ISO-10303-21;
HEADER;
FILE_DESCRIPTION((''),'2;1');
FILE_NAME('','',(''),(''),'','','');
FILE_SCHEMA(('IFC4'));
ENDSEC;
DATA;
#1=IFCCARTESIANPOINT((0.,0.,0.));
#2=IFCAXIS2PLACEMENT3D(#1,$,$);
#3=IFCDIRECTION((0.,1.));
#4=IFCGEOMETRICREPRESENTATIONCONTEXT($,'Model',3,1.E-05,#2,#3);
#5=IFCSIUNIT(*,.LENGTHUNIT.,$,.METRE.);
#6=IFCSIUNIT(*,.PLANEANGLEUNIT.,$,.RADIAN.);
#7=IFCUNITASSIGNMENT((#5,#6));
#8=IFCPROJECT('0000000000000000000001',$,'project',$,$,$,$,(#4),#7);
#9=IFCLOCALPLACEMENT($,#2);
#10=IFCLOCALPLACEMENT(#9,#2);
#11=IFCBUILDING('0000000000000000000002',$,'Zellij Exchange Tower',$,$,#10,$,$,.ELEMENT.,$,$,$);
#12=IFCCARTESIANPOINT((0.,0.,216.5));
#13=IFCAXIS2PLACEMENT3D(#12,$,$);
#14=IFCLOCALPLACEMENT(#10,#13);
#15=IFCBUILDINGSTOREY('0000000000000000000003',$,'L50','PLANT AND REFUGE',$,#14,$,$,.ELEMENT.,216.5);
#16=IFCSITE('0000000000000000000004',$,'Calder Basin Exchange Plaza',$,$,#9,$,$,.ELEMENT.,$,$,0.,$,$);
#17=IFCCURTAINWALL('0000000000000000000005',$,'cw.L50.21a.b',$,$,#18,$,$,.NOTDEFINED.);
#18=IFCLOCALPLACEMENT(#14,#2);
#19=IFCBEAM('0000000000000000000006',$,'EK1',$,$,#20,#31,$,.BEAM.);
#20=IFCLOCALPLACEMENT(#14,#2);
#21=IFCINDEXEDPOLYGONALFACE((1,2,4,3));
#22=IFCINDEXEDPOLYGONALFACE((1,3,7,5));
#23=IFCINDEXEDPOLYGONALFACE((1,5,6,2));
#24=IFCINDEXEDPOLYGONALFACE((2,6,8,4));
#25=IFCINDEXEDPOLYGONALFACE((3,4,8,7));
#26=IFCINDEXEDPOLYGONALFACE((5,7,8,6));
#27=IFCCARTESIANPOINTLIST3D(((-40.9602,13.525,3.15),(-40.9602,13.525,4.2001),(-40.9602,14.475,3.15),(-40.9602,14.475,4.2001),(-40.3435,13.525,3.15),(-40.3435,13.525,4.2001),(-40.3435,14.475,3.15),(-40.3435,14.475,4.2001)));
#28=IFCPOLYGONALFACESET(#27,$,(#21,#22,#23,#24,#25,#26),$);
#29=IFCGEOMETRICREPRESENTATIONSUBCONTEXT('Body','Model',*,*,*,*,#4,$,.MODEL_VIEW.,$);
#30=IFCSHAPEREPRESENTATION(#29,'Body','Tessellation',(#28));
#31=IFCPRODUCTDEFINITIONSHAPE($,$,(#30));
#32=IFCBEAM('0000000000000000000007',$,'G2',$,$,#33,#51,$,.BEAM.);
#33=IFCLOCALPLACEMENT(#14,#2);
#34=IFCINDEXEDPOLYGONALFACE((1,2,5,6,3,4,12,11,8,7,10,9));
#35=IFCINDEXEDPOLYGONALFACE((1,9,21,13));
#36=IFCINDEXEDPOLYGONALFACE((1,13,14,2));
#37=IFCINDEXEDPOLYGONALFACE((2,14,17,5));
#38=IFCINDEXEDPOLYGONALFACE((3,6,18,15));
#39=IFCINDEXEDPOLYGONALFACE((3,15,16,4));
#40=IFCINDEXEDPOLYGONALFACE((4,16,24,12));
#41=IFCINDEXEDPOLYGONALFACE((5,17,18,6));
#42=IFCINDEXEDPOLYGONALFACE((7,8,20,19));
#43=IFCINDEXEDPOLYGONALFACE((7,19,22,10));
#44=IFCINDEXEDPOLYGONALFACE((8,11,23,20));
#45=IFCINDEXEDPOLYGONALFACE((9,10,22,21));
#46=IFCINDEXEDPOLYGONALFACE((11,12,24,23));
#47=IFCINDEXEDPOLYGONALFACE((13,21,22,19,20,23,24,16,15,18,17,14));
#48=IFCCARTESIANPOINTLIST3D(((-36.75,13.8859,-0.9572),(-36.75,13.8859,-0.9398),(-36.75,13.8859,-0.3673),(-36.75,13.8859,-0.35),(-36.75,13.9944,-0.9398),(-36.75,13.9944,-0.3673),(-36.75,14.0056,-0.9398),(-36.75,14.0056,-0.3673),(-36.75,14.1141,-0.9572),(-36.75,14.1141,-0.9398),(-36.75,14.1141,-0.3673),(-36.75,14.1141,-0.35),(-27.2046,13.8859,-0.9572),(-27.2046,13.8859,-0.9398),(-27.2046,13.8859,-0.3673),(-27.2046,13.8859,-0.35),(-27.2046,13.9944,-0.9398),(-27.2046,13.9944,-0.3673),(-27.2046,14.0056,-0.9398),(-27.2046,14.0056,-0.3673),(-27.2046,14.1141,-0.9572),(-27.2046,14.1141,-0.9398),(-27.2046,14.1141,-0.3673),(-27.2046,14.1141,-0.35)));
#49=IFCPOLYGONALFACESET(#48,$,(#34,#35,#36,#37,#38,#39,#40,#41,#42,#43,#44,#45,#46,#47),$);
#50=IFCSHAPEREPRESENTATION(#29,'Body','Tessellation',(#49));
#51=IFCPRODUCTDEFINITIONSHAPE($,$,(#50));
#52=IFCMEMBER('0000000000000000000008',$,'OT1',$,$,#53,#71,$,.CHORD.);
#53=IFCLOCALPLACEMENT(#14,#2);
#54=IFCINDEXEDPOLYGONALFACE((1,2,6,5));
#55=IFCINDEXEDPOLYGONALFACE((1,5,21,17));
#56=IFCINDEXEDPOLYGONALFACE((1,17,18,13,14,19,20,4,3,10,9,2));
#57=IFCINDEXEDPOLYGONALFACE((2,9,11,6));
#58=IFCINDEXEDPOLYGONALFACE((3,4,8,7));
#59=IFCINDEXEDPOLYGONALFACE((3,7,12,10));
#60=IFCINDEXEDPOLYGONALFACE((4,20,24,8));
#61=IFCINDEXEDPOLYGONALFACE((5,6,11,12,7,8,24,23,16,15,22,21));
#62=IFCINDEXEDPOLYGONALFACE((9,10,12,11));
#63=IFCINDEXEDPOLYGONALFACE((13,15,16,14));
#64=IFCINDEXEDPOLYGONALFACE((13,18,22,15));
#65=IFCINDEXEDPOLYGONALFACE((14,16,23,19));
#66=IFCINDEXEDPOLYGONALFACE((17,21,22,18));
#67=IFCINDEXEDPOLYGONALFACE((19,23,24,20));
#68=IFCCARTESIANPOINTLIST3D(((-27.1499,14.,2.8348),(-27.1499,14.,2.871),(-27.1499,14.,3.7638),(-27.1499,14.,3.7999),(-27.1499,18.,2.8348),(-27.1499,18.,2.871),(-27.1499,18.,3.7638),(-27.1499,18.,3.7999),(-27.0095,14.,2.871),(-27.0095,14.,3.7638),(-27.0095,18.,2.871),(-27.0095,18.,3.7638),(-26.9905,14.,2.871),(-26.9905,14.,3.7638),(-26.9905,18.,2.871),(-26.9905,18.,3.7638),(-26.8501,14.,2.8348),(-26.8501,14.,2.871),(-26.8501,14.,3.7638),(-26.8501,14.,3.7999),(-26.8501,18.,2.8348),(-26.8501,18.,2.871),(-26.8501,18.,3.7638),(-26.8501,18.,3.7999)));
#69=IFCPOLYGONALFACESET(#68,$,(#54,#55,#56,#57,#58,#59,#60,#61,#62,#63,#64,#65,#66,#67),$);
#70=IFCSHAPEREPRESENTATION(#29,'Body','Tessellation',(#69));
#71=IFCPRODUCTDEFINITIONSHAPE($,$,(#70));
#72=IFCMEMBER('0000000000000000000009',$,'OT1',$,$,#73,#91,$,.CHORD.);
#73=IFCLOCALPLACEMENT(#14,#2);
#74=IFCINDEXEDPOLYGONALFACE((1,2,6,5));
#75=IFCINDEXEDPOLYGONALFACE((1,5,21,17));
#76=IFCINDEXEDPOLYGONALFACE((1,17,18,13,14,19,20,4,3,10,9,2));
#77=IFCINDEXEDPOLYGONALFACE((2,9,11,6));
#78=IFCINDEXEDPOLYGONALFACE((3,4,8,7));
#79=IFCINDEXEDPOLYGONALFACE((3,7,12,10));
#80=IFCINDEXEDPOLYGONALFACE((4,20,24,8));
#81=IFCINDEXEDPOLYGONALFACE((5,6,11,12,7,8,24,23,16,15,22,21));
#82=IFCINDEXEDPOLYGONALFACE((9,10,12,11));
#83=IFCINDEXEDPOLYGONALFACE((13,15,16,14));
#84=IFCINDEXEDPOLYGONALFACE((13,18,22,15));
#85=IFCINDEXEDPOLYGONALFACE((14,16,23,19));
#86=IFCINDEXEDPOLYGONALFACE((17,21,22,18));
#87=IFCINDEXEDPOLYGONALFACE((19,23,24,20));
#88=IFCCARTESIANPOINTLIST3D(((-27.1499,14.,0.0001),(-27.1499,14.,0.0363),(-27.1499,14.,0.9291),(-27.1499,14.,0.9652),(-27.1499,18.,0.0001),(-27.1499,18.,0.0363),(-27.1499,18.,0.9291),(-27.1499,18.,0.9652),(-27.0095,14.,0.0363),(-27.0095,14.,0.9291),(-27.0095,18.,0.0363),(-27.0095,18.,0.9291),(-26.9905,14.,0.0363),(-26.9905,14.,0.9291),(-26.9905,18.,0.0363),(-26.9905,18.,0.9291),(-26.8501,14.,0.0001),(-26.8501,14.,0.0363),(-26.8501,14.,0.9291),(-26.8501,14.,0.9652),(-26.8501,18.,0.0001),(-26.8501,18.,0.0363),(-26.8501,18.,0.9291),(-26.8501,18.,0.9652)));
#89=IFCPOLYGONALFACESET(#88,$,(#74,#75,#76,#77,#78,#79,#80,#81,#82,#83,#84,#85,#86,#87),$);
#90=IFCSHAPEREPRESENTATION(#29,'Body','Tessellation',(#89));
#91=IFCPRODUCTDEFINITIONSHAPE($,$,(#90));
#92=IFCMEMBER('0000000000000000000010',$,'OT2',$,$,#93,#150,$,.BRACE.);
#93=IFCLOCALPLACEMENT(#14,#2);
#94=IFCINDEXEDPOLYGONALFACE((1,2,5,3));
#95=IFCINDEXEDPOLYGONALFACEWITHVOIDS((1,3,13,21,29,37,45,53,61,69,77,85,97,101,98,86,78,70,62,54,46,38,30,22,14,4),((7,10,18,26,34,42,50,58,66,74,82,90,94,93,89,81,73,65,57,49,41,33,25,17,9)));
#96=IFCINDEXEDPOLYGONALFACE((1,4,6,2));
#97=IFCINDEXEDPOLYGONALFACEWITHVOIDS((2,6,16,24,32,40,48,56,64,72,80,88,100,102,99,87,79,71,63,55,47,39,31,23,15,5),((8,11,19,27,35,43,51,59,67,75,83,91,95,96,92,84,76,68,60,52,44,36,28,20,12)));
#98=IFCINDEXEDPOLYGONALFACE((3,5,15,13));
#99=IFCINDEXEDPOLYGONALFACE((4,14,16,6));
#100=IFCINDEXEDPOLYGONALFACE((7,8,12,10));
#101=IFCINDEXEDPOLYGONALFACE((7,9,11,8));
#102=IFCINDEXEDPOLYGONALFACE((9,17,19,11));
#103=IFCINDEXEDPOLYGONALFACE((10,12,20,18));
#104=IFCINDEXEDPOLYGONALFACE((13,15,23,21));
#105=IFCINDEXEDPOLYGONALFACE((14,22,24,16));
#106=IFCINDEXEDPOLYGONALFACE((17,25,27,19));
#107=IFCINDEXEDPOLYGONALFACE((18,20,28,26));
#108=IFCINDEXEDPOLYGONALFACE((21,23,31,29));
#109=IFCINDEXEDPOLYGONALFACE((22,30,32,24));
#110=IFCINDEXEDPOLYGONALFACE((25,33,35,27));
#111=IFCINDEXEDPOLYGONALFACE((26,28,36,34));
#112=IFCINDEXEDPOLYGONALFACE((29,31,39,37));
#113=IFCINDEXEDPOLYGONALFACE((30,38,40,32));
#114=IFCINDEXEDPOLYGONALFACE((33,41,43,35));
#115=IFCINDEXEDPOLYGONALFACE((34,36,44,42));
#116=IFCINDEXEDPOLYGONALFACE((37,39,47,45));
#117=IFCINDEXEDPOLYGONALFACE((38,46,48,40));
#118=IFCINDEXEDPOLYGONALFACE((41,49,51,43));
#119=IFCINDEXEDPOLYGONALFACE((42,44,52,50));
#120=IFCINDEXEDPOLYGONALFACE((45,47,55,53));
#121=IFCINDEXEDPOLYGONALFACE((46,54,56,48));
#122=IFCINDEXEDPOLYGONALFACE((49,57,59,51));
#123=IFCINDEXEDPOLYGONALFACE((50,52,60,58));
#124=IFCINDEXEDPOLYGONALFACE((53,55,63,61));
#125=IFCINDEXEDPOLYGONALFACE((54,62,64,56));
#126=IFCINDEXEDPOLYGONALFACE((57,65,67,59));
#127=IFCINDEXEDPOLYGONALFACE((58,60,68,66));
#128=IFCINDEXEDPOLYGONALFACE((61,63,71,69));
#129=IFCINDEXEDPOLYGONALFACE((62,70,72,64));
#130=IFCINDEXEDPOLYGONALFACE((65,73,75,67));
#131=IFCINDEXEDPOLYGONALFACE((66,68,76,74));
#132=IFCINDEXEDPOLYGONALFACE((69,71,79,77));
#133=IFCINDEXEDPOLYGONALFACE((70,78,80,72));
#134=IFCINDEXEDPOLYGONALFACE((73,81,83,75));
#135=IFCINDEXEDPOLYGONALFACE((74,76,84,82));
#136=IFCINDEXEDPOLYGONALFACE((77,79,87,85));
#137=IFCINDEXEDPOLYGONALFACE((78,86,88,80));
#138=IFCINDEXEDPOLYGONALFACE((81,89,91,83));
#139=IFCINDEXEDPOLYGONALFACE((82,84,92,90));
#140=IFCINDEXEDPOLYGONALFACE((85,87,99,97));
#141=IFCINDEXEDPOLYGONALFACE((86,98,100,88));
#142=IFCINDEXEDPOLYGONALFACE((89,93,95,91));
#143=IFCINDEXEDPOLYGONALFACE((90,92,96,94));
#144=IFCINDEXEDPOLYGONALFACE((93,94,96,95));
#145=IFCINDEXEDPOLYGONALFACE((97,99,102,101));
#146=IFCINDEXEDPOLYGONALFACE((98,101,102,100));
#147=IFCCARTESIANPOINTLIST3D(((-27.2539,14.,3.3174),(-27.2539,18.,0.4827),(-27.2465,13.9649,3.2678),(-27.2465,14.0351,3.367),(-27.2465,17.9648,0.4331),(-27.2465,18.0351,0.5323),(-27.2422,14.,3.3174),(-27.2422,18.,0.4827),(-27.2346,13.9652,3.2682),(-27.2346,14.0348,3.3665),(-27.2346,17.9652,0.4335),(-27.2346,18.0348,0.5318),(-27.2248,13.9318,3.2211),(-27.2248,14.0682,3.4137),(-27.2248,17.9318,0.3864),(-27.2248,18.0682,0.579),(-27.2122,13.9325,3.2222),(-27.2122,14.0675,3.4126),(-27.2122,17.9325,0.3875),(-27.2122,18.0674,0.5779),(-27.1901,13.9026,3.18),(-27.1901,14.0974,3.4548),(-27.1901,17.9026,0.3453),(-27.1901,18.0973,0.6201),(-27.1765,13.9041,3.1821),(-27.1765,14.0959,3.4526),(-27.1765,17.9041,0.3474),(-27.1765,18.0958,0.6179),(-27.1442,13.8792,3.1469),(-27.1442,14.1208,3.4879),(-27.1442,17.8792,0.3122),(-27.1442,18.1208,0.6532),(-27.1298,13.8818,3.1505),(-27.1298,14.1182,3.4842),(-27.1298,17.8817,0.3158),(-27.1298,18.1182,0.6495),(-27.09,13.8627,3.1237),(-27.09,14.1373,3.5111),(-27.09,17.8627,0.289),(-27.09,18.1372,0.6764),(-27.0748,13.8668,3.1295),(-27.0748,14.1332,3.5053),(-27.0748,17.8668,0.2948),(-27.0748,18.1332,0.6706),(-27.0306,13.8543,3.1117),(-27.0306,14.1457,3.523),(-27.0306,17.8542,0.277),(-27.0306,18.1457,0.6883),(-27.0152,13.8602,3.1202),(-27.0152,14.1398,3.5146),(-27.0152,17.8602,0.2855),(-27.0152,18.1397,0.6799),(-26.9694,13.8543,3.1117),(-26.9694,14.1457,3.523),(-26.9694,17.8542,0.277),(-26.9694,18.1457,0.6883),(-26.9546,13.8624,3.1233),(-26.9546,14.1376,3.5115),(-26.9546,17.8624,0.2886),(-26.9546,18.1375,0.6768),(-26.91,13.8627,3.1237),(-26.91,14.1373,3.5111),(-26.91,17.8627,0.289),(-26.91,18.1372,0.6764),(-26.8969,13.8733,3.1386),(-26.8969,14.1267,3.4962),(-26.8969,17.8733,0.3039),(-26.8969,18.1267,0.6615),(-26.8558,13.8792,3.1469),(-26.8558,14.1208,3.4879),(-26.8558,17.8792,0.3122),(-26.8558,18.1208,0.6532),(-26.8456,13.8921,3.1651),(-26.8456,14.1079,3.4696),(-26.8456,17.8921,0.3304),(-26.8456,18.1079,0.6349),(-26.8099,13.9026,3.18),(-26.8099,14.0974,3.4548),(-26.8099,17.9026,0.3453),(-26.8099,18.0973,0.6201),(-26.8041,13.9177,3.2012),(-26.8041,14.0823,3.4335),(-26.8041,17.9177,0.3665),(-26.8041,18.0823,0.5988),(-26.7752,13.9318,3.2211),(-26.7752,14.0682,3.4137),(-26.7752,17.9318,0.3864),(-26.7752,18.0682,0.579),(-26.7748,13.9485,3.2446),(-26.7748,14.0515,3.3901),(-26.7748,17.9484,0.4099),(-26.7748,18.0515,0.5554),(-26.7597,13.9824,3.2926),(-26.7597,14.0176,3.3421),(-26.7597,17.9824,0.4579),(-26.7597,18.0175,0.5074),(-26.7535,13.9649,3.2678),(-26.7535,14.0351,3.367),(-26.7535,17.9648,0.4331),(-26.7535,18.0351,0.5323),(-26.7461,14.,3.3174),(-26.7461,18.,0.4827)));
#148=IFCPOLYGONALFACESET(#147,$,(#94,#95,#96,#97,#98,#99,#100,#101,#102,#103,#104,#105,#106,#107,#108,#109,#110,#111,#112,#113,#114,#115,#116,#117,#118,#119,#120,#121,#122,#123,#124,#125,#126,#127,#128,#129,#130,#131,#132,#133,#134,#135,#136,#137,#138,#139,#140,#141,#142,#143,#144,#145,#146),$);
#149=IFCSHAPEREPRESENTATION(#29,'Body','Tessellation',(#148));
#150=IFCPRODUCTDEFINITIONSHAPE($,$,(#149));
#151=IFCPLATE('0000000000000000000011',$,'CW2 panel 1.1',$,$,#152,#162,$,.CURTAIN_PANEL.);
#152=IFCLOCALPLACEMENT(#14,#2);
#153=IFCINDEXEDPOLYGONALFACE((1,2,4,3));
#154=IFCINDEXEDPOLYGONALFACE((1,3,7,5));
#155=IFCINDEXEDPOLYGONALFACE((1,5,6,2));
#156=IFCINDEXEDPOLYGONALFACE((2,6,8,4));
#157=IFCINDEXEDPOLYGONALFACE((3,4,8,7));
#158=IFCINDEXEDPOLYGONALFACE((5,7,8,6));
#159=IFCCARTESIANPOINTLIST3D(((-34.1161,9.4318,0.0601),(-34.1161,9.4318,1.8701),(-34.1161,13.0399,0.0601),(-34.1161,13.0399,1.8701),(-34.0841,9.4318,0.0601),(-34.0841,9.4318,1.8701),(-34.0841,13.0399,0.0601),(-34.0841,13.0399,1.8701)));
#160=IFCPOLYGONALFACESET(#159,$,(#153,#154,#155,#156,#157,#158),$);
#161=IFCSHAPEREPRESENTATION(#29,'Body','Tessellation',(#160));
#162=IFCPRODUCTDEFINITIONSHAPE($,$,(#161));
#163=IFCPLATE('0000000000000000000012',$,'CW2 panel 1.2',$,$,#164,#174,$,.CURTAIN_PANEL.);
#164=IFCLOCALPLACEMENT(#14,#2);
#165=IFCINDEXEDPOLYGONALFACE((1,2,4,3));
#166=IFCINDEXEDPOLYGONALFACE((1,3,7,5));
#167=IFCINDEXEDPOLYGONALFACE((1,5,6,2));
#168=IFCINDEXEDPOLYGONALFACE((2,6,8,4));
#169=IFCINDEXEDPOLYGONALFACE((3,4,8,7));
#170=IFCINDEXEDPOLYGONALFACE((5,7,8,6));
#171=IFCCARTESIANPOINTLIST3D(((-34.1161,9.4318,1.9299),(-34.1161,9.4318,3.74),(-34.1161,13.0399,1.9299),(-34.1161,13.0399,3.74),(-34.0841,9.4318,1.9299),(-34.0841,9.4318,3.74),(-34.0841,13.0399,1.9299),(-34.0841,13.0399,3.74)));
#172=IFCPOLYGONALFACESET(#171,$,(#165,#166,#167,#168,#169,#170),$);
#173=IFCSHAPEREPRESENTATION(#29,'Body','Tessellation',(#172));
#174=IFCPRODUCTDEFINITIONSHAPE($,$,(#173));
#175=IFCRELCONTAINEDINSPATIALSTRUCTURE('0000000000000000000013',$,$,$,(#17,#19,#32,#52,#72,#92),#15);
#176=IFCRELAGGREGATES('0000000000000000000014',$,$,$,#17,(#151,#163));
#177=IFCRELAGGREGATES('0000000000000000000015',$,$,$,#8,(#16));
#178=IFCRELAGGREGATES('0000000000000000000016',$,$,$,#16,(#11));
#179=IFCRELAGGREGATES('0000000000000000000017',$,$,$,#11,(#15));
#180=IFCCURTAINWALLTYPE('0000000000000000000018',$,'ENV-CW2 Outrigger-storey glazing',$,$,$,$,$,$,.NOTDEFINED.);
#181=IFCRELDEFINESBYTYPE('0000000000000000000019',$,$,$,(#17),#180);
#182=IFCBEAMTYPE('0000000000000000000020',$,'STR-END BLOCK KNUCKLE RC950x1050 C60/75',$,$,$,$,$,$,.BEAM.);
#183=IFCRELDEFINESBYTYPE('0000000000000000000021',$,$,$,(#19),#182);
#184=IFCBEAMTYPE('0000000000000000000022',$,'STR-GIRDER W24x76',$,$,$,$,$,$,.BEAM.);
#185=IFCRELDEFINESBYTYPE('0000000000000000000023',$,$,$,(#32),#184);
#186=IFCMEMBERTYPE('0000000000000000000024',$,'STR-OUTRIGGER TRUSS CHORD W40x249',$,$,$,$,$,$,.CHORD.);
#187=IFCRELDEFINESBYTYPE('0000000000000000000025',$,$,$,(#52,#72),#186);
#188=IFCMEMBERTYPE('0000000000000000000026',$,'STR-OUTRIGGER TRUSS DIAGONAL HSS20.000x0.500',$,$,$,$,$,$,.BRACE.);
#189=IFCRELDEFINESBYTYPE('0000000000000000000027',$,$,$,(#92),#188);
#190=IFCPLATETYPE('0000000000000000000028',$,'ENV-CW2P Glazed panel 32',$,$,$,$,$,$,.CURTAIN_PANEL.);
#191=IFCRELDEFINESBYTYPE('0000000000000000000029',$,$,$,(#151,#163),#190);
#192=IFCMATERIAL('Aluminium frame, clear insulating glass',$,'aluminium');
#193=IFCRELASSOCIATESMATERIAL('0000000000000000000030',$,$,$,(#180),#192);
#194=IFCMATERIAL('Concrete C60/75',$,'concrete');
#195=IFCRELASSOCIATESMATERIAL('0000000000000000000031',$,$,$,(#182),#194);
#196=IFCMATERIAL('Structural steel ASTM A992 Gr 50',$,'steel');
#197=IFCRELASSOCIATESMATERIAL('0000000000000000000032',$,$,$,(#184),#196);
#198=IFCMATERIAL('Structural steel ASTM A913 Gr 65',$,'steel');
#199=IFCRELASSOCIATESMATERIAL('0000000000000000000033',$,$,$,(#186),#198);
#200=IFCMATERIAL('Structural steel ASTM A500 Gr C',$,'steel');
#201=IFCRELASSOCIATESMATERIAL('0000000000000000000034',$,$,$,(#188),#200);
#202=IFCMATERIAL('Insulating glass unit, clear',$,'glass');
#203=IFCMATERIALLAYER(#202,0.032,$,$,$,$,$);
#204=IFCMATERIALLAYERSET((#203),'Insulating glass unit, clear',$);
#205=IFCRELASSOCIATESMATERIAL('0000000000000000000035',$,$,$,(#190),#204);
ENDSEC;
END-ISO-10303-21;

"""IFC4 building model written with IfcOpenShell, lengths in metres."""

from ifc_helpers import new_model, si_unit, direction, frame, origin, origin_2d, place, context, subcontext, project, spatial, rectangle, hollow_circle, i_section, extrude, material, layer, layer_set, material_profile, profile_set, type_object, element, aggregate, save


model = new_model("IFC4")

# Units and contexts
model_context = context("Model", 3, precision=1e-05, world=origin(), true_north=direction((0.0, 1.0)))
body_context = subcontext(model_context, "Body", "Model", "MODEL_VIEW")
ifc_project = project(units=[si_unit("LENGTHUNIT", "METRE"), si_unit("PLANEANGLEUNIT", "RADIAN")], contexts=[model_context])

# Site, building, storey
site_placement = place(None, origin())
site = spatial("IfcSite", under=ifc_project, at=site_placement, Name="Calder Basin Exchange Plaza", CompositionType="ELEMENT", RefElevation=0.0)
building_placement = place(site_placement, origin())
building = spatial("IfcBuilding", under=site, at=building_placement, Name="Zellij Exchange Tower", CompositionType="ELEMENT")
storey_placement = place(building_placement, frame((0.0, 0.0, 216.5)))
storey = spatial("IfcBuildingStorey", under=building, at=storey_placement, Name="L50", Description="PLANT AND REFUGE", CompositionType="ELEMENT", Elevation=216.5)

# Shared definitions
ifc_material_1 = material(Name="Structural steel ASTM A913 Gr 65", Category="steel")
ifc_material_2 = material(Name="Concrete C60/75", Category="concrete")

# Shared definitions
ifc_material_3 = material(Name="Aluminium frame, clear insulating glass", Category="aluminium")
curtain_wall_type = type_object("IfcCurtainWallType", Name="ENV-CW2 Outrigger-storey glazing", PredefinedType="NOTDEFINED", material=ifc_material_3)

# Curtain wall
curtain_wall_1_placement = place(storey_placement, origin())
curtain_wall_1 = element("IfcCurtainWall", 1, at=curtain_wall_1_placement, inside=storey, type_object=curtain_wall_type, Name="cw.L50.21a.b", PredefinedType="NOTDEFINED")

# Beams
ifc_material_4 = material(Name="Structural steel ASTM A992 Gr 50", Category="steel")
ifc_material_profile_1 = material_profile(ifc_material_2, rectangle(XDim=0.95, YDim=1.05, at=origin_2d()), Name="STR-END BLOCK KNUCKLE RC950x1050 C60/75")
ifc_profile_set_1 = profile_set([ifc_material_profile_1], Name="Concrete C60/75")
beam_type_1 = type_object("IfcBeamType", Name="STR-END BLOCK KNUCKLE RC950x1050 C60/75", PredefinedType="BEAM", material=ifc_profile_set_1)
beam_1_placement = place(storey_placement, frame((-40.3435, 14.0, 3.675), z_axis=(-1.0, 0.0, 0.0), x_axis=(0.0, -1.0, 0.0)))
element("IfcBeam", 2, at=beam_1_placement, inside=storey, type_object=beam_type_1, Name="EK1", PredefinedType="BEAM", context=body_context, shape_type="SweptSolid", body=[
    extrude(rectangle(XDim=0.95, YDim=1.05, at=origin_2d()), origin(), (0.0, 0.0, 1.0), 0.6167),
])
ifc_material_profile_2 = material_profile(ifc_material_4, i_section(OverallWidth=0.2283, OverallDepth=0.6072, WebThickness=0.0112, FlangeThickness=0.0173, at=origin_2d()), Name="W24x76")
ifc_profile_set_2 = profile_set([ifc_material_profile_2], Name="Structural steel ASTM A992 Gr 50")
beam_type_2 = type_object("IfcBeamType", Name="STR-GIRDER W24x76", PredefinedType="BEAM", material=ifc_profile_set_2)
beam_2_placement = place(storey_placement, frame((-36.75, 14.0, -0.6536), z_axis=(1.0, 0.0, 0.0), x_axis=(0.0, 1.0, 0.0)))
element("IfcBeam", 3, at=beam_2_placement, inside=storey, type_object=beam_type_2, Name="G2", PredefinedType="BEAM", context=body_context, shape_type="SweptSolid", body=[
    extrude(i_section(OverallWidth=0.2283, OverallDepth=0.6072, WebThickness=0.0112, FlangeThickness=0.0173, at=origin_2d()), origin(), (0.0, 0.0, 1.0), 9.5454),
])

# Members
ifc_material_profile_3 = material_profile(ifc_material_1, i_section(OverallWidth=0.2998, OverallDepth=0.9651, WebThickness=0.019, FlangeThickness=0.0361, at=origin_2d()), Name="W40x249")
ifc_profile_set_3 = profile_set([ifc_material_profile_3], Name="Structural steel ASTM A913 Gr 65")
member_type_1 = type_object("IfcMemberType", Name="STR-OUTRIGGER TRUSS CHORD W40x249", PredefinedType="CHORD", material=ifc_profile_set_3)
for number, where, z_axis, x_axis, name in (
    (4, (-27.0, 14.0, 3.3174), (0.0, 1.0, 0.0), (-1.0, 0.0, 0.0), "OT1"),
    (5, (-27.0, 14.0, 0.4827), (0.0, 1.0, 0.0), (-1.0, 0.0, 0.0), "OT1"),
):
    element("IfcMember", number, at=place(storey_placement, frame(where, z_axis=z_axis, x_axis=x_axis)), inside=storey, type_object=member_type_1, Name=name, PredefinedType="CHORD", context=body_context, shape_type="SweptSolid", body=[
        extrude(i_section(OverallWidth=0.2998, OverallDepth=0.9651, WebThickness=0.019, FlangeThickness=0.0361, at=origin_2d()), origin(), (0.0, 0.0, 1.0), 4.0),
    ])
ifc_material_5 = material(Name="Structural steel ASTM A500 Gr C", Category="steel")
ifc_material_profile_4 = material_profile(ifc_material_5, hollow_circle(Radius=0.2539, WallThickness=0.0117, at=origin_2d()), Name="STR-OUTRIGGER TRUSS DIAGONAL HSS20.000x0.500")
ifc_profile_set_4 = profile_set([ifc_material_profile_4], Name="Structural steel ASTM A500 Gr C")
member_type_2 = type_object("IfcMemberType", Name="STR-OUTRIGGER TRUSS DIAGONAL HSS20.000x0.500", PredefinedType="BRACE", material=ifc_profile_set_4)
member_1_placement = place(storey_placement, frame((-27.0, 14.0, 3.3174), z_axis=(0.0, 0.815891, -0.578205), x_axis=(-1.0, 0.0, 0.0)))
element("IfcMember", 6, at=member_1_placement, inside=storey, type_object=member_type_2, Name="OT2", PredefinedType="BRACE", context=body_context, shape_type="SweptSolid", body=[
    extrude(hollow_circle(Radius=0.2539, WallThickness=0.0117, at=origin_2d()), origin(), (0.0, 0.0, 1.0), 4.9026),
])

# Plates
ifc_material_6 = material(Name="Insulating glass unit, clear", Category="glass")
ifc_layer_1 = layer(ifc_material_6, 0.032)
ifc_layer_set_1 = layer_set([ifc_layer_1], Name="Insulating glass unit, clear")
plate_type = type_object("IfcPlateType", Name="ENV-CW2P Glazed panel 32", PredefinedType="CURTAIN_PANEL", material=ifc_layer_set_1)
plate_1_placement = place(storey_placement, frame((-34.1001, 11.2358, 0.0601), z_axis=(0.0, 0.0, 1.0), x_axis=(0.0, -1.0, 0.0)))
plate_1 = element("IfcPlate", 7, at=plate_1_placement, type_object=plate_type, Name="CW2 panel 1.1", PredefinedType="CURTAIN_PANEL", context=body_context, shape_type="SweptSolid", body=[
    extrude(rectangle(XDim=3.6082, YDim=0.032, at=origin_2d()), origin(), (0.0, 0.0, 1.0), 1.8101),
])
plate_2_placement = place(storey_placement, frame((-34.1001, 11.2358, 1.9299), z_axis=(0.0, 0.0, 1.0), x_axis=(0.0, -1.0, 0.0)))
plate_2 = element("IfcPlate", 8, at=plate_2_placement, type_object=plate_type, Name="CW2 panel 1.2", PredefinedType="CURTAIN_PANEL", context=body_context, shape_type="SweptSolid", body=[
    extrude(rectangle(XDim=3.6082, YDim=0.032, at=origin_2d()), origin(), (0.0, 0.0, 1.0), 1.8101),
])
aggregate(curtain_wall_1, [plate_1, plate_2])

save(model, "model.ifc")
